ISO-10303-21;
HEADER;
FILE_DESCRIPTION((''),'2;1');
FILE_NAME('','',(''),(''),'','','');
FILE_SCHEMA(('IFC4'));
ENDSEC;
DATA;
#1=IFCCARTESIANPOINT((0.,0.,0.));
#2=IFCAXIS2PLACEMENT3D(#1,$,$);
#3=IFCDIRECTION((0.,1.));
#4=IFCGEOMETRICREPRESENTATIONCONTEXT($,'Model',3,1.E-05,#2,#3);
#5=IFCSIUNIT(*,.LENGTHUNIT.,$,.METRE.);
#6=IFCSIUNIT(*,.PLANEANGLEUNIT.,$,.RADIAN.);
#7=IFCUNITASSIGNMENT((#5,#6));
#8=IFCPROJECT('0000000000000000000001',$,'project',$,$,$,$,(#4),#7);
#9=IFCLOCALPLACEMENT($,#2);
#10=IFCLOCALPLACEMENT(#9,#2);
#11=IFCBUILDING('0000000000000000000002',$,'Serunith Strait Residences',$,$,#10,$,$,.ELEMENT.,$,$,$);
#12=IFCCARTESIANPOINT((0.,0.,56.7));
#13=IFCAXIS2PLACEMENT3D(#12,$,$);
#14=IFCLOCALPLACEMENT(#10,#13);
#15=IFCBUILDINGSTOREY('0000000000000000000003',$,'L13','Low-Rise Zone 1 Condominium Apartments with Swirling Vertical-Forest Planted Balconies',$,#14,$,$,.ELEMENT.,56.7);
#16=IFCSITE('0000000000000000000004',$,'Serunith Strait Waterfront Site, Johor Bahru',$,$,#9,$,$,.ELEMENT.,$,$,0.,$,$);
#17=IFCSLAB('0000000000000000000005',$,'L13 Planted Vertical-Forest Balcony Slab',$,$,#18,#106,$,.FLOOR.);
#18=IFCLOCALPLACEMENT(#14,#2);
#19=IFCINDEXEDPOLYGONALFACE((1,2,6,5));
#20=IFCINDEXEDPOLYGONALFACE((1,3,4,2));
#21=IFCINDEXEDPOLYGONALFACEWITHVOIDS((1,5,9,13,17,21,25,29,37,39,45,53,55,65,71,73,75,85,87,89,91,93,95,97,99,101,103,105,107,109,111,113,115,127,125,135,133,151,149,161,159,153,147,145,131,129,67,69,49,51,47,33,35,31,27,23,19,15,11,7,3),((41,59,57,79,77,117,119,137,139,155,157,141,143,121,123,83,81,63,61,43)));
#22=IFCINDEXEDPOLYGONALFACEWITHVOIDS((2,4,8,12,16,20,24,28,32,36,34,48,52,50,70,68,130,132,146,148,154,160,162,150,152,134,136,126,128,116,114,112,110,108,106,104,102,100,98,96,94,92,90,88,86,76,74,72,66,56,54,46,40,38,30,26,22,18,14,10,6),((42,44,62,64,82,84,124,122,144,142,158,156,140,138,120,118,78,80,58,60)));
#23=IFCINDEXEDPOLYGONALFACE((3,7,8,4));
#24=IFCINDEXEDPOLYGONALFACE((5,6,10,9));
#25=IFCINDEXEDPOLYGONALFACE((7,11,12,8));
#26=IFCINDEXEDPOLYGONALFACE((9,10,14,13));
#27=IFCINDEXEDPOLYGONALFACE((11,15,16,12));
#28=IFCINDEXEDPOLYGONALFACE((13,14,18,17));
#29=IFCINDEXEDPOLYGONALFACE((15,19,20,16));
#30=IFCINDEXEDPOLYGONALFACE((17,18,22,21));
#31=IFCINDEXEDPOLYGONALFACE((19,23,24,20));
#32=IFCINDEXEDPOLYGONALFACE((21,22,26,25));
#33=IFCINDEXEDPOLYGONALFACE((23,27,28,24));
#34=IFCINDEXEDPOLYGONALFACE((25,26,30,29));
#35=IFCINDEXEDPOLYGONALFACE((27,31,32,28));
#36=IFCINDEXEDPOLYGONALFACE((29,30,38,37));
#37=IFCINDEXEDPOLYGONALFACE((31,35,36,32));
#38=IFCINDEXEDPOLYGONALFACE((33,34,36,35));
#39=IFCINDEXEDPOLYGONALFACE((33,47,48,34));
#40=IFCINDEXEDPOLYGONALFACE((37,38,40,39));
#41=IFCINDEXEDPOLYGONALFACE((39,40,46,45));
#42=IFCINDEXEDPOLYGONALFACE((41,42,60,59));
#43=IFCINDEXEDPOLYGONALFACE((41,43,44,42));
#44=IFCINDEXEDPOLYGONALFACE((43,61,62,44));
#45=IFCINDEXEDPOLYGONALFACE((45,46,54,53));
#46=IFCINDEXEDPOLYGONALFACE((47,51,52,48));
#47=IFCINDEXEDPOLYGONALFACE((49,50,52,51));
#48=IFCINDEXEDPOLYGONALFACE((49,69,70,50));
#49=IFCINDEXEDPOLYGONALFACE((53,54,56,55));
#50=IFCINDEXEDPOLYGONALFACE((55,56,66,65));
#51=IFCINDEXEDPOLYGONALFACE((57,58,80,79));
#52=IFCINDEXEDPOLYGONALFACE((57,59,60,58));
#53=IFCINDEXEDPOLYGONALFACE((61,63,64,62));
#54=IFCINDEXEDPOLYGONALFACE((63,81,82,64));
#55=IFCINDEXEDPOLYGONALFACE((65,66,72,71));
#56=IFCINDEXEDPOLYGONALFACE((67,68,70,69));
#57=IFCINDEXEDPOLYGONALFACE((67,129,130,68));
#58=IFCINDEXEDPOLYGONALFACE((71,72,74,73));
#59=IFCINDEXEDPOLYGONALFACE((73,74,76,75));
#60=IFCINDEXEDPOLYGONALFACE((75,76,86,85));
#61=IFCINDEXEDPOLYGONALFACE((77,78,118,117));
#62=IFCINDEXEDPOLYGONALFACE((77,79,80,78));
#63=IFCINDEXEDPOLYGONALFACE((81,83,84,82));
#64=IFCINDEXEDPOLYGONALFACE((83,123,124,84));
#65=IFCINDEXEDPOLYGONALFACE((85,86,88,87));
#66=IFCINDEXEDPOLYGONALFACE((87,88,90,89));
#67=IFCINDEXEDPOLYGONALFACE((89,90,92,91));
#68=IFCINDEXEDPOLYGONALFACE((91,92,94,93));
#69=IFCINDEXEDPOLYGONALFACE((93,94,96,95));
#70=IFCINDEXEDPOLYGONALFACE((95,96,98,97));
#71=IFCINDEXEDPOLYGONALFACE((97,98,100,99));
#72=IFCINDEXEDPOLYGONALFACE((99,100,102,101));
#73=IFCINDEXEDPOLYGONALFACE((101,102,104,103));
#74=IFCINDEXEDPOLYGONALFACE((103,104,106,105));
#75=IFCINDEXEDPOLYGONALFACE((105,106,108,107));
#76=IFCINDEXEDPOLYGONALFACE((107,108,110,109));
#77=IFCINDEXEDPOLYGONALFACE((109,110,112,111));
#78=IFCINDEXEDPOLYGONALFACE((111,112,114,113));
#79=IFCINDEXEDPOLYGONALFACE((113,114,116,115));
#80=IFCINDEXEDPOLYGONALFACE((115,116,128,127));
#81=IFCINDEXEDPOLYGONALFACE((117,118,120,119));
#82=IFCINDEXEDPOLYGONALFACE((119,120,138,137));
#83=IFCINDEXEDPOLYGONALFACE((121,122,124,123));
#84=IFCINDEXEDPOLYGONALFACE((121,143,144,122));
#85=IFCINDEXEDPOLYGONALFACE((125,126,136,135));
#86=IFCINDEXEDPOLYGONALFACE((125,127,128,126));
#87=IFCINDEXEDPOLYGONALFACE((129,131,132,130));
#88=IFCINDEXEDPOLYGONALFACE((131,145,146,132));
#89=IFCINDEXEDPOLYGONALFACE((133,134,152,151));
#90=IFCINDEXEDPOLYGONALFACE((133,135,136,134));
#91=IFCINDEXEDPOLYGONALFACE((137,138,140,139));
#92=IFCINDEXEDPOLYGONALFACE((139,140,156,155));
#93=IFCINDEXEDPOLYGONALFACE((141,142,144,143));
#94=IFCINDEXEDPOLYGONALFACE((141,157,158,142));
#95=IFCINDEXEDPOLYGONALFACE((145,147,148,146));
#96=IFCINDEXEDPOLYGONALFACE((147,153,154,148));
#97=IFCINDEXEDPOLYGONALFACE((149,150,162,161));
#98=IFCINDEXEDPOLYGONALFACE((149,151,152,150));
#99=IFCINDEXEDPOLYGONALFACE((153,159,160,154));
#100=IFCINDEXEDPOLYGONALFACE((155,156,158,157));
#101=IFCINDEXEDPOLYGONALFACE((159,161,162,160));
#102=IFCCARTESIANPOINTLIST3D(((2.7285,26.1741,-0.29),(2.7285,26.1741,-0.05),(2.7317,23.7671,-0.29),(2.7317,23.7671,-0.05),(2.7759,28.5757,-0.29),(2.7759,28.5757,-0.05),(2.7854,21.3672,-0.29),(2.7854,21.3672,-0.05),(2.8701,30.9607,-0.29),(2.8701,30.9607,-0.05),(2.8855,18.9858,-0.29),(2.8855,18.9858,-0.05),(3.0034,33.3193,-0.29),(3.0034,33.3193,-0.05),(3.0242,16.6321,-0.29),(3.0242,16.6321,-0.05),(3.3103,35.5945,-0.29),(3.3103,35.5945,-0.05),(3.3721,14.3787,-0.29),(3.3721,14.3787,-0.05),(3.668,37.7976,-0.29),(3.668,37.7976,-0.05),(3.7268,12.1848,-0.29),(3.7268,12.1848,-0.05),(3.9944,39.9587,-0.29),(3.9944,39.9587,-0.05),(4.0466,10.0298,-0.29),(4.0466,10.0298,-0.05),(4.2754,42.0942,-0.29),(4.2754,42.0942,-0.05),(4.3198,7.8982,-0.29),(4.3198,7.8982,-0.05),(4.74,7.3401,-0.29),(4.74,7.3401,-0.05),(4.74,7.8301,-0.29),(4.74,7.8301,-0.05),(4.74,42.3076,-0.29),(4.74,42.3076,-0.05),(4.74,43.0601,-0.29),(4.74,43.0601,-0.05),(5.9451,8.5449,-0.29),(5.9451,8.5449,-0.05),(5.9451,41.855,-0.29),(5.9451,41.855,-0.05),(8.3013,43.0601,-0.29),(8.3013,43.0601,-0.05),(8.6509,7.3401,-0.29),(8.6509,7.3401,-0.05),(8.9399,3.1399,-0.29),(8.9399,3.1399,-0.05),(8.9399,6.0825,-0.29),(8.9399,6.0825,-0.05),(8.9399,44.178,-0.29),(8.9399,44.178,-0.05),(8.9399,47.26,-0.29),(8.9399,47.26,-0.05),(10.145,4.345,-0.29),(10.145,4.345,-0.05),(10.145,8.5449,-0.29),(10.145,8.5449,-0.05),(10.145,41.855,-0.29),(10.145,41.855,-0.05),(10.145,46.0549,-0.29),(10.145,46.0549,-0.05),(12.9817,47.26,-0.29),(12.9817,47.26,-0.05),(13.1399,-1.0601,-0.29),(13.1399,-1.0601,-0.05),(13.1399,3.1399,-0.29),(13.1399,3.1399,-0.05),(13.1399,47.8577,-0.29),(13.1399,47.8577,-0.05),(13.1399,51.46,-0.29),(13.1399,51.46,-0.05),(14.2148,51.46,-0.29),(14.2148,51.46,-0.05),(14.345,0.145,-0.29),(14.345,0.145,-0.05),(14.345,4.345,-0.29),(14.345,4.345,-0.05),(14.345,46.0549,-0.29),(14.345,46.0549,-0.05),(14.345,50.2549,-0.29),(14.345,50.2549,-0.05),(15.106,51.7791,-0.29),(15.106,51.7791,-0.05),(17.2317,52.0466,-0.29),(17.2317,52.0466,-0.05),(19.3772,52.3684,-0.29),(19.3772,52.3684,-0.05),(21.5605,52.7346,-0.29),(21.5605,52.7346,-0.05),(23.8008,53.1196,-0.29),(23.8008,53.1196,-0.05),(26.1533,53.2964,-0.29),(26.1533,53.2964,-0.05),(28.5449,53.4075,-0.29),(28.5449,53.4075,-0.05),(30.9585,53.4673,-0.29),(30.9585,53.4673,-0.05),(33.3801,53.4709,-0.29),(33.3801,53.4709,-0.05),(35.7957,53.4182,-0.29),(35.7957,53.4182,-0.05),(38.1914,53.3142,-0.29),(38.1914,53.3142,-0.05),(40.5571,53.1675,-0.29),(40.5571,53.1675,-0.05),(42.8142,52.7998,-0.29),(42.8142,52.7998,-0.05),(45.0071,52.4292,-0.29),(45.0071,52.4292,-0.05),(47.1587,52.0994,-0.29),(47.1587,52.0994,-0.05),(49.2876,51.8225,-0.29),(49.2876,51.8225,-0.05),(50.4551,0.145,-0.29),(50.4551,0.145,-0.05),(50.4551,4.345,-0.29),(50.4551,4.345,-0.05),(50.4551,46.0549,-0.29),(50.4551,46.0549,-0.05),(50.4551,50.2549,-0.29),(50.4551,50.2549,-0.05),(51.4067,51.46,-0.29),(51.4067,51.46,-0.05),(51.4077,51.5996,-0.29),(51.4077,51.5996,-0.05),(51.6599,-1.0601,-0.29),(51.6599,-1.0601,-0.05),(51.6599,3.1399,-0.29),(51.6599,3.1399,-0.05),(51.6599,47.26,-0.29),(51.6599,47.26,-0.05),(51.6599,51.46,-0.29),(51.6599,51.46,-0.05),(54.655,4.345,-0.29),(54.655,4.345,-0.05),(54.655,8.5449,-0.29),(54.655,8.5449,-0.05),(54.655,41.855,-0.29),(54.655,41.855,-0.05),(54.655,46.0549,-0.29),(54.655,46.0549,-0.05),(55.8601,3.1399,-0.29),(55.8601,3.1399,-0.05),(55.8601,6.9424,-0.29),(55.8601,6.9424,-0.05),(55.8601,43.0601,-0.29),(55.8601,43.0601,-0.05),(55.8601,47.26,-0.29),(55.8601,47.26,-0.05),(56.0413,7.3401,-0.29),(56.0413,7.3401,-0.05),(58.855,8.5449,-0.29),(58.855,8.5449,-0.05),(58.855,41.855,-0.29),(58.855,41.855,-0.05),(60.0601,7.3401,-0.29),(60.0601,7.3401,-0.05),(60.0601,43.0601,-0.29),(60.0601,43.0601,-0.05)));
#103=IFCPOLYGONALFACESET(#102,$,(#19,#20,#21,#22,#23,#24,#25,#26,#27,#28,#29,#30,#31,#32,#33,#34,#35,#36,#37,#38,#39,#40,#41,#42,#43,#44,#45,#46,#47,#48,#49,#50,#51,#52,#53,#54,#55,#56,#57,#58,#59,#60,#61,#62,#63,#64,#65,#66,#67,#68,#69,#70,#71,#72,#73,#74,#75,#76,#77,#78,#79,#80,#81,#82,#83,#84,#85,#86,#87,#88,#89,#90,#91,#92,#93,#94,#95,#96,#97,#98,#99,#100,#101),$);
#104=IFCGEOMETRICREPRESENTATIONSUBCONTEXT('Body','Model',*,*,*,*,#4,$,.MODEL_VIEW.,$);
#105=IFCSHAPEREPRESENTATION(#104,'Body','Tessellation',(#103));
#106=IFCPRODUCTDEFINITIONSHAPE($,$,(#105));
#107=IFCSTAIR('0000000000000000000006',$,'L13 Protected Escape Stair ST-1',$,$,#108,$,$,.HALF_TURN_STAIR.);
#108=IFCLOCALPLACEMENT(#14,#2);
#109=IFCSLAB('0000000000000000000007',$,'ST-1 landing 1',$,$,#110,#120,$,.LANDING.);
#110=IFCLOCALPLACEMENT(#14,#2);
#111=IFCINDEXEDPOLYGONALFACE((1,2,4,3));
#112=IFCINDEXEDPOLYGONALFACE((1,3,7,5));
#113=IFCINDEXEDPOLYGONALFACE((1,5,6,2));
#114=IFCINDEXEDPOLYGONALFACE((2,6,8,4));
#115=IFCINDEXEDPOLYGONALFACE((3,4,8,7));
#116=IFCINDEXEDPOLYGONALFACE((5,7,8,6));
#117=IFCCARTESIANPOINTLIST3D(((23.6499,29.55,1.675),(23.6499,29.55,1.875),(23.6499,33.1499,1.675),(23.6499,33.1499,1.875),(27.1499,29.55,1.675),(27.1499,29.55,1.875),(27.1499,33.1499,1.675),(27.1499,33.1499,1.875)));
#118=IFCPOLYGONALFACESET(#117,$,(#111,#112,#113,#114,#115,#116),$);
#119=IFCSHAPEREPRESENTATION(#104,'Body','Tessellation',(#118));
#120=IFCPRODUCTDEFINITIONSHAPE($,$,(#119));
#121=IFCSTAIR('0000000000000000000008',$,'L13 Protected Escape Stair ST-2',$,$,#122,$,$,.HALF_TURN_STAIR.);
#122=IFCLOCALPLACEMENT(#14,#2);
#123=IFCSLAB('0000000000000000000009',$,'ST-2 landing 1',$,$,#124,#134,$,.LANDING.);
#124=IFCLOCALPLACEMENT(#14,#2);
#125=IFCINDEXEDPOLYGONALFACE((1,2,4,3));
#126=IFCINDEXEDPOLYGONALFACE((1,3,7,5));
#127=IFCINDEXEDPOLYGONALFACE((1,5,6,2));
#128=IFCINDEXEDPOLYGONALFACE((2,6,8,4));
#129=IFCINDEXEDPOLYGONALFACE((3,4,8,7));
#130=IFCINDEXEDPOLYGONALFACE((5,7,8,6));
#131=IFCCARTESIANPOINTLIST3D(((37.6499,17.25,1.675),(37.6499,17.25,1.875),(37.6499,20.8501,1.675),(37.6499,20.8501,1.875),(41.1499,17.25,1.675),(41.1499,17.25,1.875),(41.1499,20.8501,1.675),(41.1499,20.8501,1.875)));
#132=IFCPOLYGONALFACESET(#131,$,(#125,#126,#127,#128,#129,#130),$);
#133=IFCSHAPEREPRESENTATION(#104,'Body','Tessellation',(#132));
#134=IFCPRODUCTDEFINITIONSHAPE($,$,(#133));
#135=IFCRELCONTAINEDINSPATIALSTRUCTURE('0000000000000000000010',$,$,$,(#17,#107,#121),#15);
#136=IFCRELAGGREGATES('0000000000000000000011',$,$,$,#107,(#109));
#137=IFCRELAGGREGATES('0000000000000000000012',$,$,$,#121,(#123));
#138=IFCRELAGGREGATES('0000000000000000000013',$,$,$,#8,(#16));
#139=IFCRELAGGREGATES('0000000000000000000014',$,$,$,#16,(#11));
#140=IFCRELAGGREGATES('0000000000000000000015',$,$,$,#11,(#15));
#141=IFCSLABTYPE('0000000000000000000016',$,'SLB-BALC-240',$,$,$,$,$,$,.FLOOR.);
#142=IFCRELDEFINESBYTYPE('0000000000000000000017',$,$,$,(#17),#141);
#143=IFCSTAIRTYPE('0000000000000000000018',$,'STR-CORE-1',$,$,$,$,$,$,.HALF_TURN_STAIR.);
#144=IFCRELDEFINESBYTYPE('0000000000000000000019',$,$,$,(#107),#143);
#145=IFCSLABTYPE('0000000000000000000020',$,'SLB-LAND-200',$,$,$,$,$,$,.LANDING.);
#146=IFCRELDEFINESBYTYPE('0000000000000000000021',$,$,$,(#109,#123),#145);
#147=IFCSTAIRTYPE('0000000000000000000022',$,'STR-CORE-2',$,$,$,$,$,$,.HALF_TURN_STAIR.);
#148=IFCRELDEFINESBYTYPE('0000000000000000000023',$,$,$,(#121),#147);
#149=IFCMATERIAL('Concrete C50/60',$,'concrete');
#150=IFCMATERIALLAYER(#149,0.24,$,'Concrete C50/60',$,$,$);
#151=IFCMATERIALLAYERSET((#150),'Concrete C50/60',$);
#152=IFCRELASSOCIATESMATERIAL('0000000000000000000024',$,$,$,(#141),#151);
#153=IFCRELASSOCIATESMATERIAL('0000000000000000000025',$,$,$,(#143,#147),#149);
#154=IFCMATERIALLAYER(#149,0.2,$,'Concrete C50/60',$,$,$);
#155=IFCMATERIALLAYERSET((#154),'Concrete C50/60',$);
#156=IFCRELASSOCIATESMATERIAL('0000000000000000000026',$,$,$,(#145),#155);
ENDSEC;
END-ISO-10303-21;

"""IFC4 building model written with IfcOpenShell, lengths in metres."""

from ifc_helpers import new_model, si_unit, direction, frame, origin, place, context, subcontext, project, spatial, polyline, outline, extrude, material, layer, layer_set, type_object, element, aggregate, save


model = new_model("IFC4")

# Units and contexts
model_context = context("Model", 3, precision=1e-05, world=origin(), true_north=direction((0.0, 1.0)))
body_context = subcontext(model_context, "Body", "Model", "MODEL_VIEW")
ifc_project = project(units=[si_unit("LENGTHUNIT", "METRE"), si_unit("PLANEANGLEUNIT", "RADIAN")], contexts=[model_context])

# Site, building, storey
site_placement = place(None, origin())
site = spatial("IfcSite", under=ifc_project, at=site_placement, Name="Serunith Strait Waterfront Site, Johor Bahru", CompositionType="ELEMENT", RefElevation=0.0)
building_placement = place(site_placement, origin())
building = spatial("IfcBuilding", under=site, at=building_placement, Name="Serunith Strait Residences", CompositionType="ELEMENT")
storey_placement = place(building_placement, frame((0.0, 0.0, 56.7)))
storey = spatial("IfcBuildingStorey", under=building, at=storey_placement, Name="L13", Description="Low-Rise Zone 1 Condominium Apartments with Swirling Vertical-Forest Planted Balconies", CompositionType="ELEMENT", Elevation=56.7)

# Slab
ifc_material_1 = material(Name="Concrete C50/60", Category="concrete")
ifc_layer_1 = layer(ifc_material_1, 0.24, Name="Concrete C50/60")
ifc_layer_set_1 = layer_set([ifc_layer_1], Name="Concrete C50/60")
slab_type_1 = type_object("IfcSlabType", Name="SLB-BALC-240", PredefinedType="FLOOR", material=ifc_layer_set_1)
slab_1_placement = place(storey_placement, frame((0.0, 0.0, -0.29)))
element("IfcSlab", 1, at=slab_1_placement, inside=storey, type_object=slab_type_1, Name="L13 Planted Vertical-Forest Balcony Slab", PredefinedType="FLOOR", context=body_context, shape_type="SweptSolid", body=[
    extrude(outline(polyline([(4.74, 7.8301), (4.3198, 7.8982), (4.0466, 10.0298), (3.7268, 12.1848), (3.3721, 14.3787), (3.0242, 16.6321), (2.8855, 18.9858), (2.7854, 21.3672), (2.7317, 23.7671), (2.7285, 26.1741), (2.7759, 28.5757), (2.8701, 30.9607), (3.0034, 33.3193), (3.3103, 35.5945), (3.668, 37.7976), (3.9944, 39.9587), (4.2754, 42.0942), (4.74, 42.3076), (4.74, 43.0601), (8.3013, 43.0601), (8.9399, 44.178), (8.9399, 47.26), (12.9817, 47.26), (13.1399, 47.8577), (13.1399, 51.46), (14.2148, 51.46), (15.106, 51.7791), (17.2317, 52.0466), (19.3772, 52.3684), (21.5605, 52.7346), (23.8008, 53.1196), (26.1533, 53.2964), (28.5449, 53.4075), (30.9585, 53.4673), (33.3801, 53.4709), (35.7957, 53.4182), (38.1914, 53.3142), (40.5571, 53.1675), (42.8142, 52.7998), (45.0071, 52.4292), (47.1587, 52.0994), (49.2876, 51.8225), (51.4077, 51.5996), (51.4067, 51.46), (51.6599, 51.46), (51.6599, 47.26), (55.8601, 47.26), (55.8601, 43.0601), (60.0601, 43.0601), (60.0601, 7.3401), (56.0413, 7.3401), (55.8601, 6.9424), (55.8601, 3.1399), (51.6599, 3.1399), (51.6599, -1.0601), (13.1399, -1.0601), (13.1399, 3.1399), (8.9399, 3.1399), (8.9399, 6.0825), (8.6509, 7.3401), (4.74, 7.3401), (4.74, 7.8301)]), holes=[polyline([(50.4551, 0.145), (50.4551, 4.345), (54.655, 4.345), (54.655, 8.5449), (58.855, 8.5449), (58.855, 41.855), (54.655, 41.855), (54.655, 46.0549), (50.4551, 46.0549), (50.4551, 50.2549), (14.345, 50.2549), (14.345, 46.0549), (10.145, 46.0549), (10.145, 41.855), (5.9451, 41.855), (5.9451, 8.5449), (10.145, 8.5449), (10.145, 4.345), (14.345, 4.345), (14.345, 0.145), (50.4551, 0.145)])]), origin(), (0.0, 0.0, 1.0), 0.24),
])

# Stairs, slabs
stair_type_1 = type_object("IfcStairType", Name="STR-CORE-1", PredefinedType="HALF_TURN_STAIR", material=ifc_material_1)
stair_1_placement = place(storey_placement, origin())
stair_1 = element("IfcStair", 2, at=stair_1_placement, inside=storey, type_object=stair_type_1, Name="L13 Protected Escape Stair ST-1", PredefinedType="HALF_TURN_STAIR")
ifc_layer_2 = layer(ifc_material_1, 0.2, Name="Concrete C50/60")
ifc_layer_set_2 = layer_set([ifc_layer_2], Name="Concrete C50/60")
slab_type_2 = type_object("IfcSlabType", Name="SLB-LAND-200", PredefinedType="LANDING", material=ifc_layer_set_2)
slab_2_placement = place(storey_placement, frame((0.0, 0.0, 1.675)))
slab_2 = element("IfcSlab", 3, at=slab_2_placement, type_object=slab_type_2, Name="ST-1 landing 1", PredefinedType="LANDING", context=body_context, shape_type="SweptSolid", body=[
    extrude(outline(polyline([(27.1499, 29.55), (27.1499, 33.1499), (23.6499, 33.1499), (23.6499, 29.55), (27.1499, 29.55)])), origin(), (0.0, 0.0, 1.0), 0.2),
])
aggregate(stair_1, [slab_2])
stair_type_2 = type_object("IfcStairType", Name="STR-CORE-2", PredefinedType="HALF_TURN_STAIR", material=ifc_material_1)
stair_2_placement = place(storey_placement, origin())
stair_2 = element("IfcStair", 4, at=stair_2_placement, inside=storey, type_object=stair_type_2, Name="L13 Protected Escape Stair ST-2", PredefinedType="HALF_TURN_STAIR")
slab_3_placement = place(storey_placement, frame((0.0, 0.0, 1.675)))
slab_3 = element("IfcSlab", 5, at=slab_3_placement, type_object=slab_type_2, Name="ST-2 landing 1", PredefinedType="LANDING", context=body_context, shape_type="SweptSolid", body=[
    extrude(outline(polyline([(37.6499, 20.8501), (37.6499, 17.25), (41.1499, 17.25), (41.1499, 20.8501), (37.6499, 20.8501)])), origin(), (0.0, 0.0, 1.0), 0.2),
])
aggregate(stair_2, [slab_3])

save(model, "model.ifc")
